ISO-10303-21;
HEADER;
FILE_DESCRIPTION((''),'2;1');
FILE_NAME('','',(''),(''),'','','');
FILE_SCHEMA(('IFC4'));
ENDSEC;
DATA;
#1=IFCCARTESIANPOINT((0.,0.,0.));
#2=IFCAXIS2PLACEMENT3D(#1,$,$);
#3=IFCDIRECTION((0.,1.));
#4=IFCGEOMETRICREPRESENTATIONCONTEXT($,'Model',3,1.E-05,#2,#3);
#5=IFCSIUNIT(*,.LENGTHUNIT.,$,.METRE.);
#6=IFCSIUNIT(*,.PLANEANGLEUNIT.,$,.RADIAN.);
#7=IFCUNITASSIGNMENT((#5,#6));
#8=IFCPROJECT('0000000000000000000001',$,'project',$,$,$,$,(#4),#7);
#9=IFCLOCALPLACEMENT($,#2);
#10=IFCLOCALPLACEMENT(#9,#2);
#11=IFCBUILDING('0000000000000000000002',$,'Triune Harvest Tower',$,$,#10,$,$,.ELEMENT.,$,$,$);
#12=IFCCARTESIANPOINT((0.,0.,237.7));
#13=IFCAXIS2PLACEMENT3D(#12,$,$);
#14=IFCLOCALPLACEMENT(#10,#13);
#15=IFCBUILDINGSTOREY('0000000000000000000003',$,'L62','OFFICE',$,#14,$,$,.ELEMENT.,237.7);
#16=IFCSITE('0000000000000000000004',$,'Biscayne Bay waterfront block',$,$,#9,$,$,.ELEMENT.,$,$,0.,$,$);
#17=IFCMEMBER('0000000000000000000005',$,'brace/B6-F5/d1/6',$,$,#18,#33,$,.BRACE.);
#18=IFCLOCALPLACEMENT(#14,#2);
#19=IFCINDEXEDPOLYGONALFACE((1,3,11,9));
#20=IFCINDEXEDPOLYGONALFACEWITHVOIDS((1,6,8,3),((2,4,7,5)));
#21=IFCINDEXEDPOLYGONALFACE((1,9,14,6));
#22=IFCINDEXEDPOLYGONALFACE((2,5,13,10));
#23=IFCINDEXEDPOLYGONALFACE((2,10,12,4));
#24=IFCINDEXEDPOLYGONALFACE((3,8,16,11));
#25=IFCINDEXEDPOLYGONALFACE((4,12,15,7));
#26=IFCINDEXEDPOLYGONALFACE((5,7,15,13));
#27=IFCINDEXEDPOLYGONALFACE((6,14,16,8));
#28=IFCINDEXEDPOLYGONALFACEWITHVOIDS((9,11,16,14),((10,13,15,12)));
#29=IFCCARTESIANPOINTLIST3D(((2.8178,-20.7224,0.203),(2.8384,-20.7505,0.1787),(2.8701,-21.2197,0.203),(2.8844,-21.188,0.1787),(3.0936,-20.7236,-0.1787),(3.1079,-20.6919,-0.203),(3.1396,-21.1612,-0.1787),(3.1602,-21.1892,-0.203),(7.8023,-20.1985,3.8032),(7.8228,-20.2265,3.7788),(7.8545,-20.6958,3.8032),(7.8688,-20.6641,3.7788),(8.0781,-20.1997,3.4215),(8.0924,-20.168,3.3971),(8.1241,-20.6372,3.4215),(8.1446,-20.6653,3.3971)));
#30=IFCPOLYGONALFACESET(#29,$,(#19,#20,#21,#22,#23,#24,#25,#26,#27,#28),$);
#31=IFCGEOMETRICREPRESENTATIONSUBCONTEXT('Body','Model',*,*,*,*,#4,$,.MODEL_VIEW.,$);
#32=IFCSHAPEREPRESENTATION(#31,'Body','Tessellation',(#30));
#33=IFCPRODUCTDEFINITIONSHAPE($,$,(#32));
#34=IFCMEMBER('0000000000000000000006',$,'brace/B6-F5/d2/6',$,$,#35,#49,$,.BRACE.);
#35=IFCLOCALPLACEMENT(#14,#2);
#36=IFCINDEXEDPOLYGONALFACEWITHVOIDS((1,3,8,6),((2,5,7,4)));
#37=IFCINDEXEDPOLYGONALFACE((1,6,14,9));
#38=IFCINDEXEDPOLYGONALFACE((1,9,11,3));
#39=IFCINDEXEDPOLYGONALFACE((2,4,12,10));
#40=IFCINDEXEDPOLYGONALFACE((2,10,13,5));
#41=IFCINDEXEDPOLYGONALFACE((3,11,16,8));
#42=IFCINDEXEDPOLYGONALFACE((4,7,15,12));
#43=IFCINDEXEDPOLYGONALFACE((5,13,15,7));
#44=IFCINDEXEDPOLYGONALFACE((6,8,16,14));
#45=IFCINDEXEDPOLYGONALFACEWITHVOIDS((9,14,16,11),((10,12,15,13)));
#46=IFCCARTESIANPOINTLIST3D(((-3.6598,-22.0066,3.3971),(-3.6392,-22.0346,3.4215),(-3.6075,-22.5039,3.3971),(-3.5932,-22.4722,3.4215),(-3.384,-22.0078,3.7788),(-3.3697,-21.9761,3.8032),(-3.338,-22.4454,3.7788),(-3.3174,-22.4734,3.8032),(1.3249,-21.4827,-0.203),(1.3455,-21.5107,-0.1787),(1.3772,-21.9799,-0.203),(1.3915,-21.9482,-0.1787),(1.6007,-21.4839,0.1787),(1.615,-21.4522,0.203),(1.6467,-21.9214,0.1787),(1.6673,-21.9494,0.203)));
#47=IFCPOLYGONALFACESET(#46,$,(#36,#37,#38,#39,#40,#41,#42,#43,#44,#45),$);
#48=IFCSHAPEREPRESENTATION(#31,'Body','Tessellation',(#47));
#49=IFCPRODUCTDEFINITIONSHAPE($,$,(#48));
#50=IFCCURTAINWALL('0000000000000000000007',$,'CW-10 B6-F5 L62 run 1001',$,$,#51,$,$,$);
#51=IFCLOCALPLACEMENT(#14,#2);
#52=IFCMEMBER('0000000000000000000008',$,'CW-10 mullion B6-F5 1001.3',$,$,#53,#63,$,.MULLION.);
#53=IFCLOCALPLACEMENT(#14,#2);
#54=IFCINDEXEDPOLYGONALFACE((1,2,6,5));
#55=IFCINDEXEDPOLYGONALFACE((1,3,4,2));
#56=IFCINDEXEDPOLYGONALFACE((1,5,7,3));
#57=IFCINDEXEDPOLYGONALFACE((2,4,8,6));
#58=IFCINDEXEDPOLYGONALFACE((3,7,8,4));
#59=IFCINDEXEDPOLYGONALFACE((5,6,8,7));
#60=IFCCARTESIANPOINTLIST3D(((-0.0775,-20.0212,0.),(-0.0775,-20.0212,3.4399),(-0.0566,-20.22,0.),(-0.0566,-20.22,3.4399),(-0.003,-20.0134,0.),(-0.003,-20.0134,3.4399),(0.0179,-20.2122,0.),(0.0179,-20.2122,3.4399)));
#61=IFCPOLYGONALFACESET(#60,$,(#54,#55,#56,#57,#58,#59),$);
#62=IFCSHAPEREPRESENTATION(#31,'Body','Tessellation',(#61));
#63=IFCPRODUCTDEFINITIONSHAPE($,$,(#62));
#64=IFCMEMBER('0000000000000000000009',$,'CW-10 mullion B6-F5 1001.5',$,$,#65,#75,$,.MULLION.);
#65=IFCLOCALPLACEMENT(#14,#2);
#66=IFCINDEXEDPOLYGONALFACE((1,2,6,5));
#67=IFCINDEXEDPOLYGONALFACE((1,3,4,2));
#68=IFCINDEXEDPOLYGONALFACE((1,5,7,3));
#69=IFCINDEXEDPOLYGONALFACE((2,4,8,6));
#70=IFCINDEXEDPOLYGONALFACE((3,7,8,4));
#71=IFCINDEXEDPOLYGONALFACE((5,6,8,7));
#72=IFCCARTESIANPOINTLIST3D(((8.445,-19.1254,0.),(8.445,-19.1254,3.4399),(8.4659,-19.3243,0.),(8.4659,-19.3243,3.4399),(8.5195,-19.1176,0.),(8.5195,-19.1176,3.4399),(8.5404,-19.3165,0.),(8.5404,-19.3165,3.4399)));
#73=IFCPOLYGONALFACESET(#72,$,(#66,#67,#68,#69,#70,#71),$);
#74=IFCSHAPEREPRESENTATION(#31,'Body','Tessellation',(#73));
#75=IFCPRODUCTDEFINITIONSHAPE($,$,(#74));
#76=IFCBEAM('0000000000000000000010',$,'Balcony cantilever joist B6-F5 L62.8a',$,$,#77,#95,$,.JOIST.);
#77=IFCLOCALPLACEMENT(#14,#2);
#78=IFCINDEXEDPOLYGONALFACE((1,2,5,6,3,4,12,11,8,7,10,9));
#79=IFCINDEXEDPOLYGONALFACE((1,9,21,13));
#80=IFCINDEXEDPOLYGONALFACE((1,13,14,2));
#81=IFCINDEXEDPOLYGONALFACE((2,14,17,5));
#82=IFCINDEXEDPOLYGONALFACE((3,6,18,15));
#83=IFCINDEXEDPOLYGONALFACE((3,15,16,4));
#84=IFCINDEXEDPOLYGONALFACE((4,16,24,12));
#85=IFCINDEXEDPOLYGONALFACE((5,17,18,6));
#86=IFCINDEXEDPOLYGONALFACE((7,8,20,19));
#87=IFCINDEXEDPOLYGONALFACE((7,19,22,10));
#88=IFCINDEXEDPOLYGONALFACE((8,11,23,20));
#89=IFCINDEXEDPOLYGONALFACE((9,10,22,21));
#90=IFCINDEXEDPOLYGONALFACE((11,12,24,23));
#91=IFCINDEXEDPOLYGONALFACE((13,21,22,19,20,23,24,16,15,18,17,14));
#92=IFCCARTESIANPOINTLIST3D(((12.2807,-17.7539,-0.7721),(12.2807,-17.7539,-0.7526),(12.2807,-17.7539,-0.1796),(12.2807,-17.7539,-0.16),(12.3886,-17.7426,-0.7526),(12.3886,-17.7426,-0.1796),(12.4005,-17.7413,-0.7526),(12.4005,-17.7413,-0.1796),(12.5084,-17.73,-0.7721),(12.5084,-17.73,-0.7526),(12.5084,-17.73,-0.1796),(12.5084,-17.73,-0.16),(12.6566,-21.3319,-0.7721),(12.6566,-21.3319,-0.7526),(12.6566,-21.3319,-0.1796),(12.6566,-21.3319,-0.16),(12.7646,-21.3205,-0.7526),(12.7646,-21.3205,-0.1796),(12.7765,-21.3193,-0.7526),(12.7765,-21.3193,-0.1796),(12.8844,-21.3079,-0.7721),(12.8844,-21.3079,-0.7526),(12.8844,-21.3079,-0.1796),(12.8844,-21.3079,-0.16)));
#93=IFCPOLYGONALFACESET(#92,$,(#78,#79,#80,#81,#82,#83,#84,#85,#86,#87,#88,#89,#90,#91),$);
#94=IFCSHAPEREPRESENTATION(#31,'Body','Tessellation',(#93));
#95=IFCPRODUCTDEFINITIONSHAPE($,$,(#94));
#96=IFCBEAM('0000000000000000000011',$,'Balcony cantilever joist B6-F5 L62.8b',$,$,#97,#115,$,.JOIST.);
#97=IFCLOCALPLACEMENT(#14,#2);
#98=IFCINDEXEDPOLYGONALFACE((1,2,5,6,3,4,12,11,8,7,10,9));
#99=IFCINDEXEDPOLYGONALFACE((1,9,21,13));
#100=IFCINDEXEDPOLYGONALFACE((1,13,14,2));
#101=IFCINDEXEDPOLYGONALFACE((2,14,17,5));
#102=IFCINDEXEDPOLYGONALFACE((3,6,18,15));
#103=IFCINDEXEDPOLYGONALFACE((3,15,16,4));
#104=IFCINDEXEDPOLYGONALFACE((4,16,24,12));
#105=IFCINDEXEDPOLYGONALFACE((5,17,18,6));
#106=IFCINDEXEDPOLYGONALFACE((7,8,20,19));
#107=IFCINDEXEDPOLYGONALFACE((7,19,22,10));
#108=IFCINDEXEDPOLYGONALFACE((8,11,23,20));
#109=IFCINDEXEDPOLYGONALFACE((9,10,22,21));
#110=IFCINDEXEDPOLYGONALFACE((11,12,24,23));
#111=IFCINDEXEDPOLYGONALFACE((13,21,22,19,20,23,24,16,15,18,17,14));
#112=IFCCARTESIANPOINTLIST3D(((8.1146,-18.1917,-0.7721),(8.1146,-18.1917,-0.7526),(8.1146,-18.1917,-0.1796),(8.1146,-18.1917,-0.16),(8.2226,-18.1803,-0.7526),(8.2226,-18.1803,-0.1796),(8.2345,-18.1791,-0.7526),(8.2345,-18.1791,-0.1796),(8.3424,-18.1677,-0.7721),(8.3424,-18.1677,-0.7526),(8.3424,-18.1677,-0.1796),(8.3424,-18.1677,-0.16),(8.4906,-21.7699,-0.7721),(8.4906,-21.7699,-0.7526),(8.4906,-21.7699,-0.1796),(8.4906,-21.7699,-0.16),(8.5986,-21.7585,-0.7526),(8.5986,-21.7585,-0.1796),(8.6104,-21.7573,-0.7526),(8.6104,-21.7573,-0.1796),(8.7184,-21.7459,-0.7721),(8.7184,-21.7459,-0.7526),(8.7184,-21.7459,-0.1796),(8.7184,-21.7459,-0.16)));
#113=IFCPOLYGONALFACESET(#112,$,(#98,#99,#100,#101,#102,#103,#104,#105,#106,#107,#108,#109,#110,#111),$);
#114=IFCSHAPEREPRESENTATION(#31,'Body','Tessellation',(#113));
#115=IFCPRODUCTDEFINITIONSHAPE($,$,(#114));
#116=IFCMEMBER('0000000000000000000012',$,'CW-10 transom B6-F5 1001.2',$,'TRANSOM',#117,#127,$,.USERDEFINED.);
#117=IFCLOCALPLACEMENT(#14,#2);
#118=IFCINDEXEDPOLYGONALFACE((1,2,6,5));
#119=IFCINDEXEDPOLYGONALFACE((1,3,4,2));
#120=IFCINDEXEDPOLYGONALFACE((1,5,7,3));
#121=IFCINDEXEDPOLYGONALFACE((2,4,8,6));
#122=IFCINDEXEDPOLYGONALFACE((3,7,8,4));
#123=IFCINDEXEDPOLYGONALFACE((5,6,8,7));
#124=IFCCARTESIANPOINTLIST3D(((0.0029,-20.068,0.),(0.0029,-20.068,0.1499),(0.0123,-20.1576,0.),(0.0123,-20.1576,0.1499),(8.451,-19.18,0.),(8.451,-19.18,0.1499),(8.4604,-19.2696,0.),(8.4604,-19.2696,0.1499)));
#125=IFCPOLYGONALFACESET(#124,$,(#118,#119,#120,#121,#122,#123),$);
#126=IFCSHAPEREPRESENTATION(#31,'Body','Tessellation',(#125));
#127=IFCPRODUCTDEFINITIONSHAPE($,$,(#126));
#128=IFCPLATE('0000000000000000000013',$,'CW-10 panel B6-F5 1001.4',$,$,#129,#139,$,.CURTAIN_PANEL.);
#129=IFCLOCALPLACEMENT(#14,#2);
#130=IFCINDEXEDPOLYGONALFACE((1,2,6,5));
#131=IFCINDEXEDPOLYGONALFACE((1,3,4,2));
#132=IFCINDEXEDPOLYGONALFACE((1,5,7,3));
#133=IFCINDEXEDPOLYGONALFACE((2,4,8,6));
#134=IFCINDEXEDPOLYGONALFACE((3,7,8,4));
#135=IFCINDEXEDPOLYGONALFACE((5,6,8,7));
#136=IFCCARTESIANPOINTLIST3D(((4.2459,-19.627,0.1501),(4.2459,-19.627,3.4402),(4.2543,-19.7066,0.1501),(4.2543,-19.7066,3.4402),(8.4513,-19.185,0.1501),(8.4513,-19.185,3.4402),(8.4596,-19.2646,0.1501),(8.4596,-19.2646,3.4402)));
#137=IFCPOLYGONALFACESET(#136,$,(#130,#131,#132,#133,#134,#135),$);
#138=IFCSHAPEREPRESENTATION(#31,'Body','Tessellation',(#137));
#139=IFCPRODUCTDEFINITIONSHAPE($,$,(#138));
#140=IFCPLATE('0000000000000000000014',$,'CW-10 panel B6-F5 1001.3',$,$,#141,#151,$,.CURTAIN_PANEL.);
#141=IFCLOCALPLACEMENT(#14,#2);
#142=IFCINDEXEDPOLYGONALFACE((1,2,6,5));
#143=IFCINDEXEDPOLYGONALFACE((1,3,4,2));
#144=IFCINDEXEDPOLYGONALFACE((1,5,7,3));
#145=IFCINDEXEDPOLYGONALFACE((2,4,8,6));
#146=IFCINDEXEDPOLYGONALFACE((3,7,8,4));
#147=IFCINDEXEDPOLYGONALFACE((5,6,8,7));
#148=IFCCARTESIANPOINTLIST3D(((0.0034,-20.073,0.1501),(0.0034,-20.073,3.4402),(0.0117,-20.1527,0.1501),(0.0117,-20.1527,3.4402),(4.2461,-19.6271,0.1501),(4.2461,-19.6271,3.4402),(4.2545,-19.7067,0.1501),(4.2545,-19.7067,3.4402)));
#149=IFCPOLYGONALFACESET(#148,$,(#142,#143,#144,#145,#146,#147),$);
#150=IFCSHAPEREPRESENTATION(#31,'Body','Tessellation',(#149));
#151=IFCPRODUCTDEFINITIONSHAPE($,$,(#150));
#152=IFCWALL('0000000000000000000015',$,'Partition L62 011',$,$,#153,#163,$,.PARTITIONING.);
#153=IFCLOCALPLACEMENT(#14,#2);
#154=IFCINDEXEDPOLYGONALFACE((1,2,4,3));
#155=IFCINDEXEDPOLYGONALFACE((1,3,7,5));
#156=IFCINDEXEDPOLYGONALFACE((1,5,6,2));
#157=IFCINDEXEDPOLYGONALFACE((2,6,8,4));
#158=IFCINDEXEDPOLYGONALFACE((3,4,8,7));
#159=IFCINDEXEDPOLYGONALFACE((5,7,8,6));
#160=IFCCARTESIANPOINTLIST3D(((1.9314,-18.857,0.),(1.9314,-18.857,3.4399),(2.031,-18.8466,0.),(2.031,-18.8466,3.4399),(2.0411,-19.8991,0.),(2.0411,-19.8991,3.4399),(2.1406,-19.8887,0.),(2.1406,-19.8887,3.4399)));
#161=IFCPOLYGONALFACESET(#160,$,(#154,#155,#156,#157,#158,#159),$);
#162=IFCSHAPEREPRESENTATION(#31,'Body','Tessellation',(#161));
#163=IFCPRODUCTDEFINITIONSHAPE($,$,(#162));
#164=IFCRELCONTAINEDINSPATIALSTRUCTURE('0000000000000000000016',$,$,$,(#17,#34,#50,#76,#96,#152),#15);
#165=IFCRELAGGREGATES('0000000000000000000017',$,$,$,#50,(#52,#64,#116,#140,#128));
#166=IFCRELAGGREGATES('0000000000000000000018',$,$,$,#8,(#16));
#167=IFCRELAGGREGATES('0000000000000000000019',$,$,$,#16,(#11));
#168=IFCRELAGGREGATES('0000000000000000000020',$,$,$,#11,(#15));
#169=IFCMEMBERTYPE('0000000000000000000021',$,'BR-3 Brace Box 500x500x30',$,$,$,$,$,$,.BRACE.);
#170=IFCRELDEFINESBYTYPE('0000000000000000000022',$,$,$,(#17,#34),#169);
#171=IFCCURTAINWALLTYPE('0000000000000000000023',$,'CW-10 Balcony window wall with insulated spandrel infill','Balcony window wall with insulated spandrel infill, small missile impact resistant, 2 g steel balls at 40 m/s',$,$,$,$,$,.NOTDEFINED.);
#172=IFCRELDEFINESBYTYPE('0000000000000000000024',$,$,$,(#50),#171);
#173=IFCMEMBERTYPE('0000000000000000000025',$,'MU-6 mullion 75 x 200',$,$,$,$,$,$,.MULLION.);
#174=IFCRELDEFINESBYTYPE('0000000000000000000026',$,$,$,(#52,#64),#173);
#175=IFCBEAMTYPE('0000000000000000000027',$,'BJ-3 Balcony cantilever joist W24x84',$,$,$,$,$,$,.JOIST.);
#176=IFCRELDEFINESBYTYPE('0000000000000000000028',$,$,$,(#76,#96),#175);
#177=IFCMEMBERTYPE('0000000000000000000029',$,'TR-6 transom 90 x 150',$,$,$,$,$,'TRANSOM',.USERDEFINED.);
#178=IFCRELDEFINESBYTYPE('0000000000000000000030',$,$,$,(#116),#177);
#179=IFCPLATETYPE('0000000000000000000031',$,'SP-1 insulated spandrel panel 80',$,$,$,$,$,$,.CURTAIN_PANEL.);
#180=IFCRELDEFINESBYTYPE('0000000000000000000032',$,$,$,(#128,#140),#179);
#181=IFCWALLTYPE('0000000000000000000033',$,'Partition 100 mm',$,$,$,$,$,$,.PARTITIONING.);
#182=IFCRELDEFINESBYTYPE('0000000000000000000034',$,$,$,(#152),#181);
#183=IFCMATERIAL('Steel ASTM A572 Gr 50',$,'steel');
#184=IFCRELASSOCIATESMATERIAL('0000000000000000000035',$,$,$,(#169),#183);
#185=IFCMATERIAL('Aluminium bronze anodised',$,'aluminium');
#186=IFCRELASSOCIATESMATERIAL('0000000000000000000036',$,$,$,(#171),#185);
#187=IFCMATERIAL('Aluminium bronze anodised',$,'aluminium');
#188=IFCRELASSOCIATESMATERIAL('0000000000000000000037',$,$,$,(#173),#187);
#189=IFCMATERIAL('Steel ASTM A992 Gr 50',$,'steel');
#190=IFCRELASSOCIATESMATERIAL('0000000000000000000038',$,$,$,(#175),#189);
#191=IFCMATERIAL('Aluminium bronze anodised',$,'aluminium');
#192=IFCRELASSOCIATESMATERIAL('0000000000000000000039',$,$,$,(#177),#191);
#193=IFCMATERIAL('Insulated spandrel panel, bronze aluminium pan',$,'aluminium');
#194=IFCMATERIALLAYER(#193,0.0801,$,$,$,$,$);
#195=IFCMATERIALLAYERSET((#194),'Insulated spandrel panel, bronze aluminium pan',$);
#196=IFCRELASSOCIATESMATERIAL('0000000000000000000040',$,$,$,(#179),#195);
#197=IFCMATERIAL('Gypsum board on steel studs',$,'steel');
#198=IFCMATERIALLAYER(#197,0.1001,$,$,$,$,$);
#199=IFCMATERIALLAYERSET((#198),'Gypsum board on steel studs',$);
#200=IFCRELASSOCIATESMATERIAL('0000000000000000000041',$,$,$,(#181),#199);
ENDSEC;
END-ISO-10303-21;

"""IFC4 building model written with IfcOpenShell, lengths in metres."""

from ifc_helpers import new_model, si_unit, direction, frame, frame_2d, origin, origin_2d, place, context, subcontext, project, spatial, rectangle, hollow_rectangle, i_section, extrude, source, transform, mapped, material, layer, layer_set, material_profile, profile_set, type_object, element, aggregate, save


model = new_model("IFC4")

# Units and contexts
model_context = context("Model", 3, precision=1e-05, world=origin(), true_north=direction((0.0, 1.0)))
body_context = subcontext(model_context, "Body", "Model", "MODEL_VIEW")
ifc_project = project(units=[si_unit("LENGTHUNIT", "METRE"), si_unit("PLANEANGLEUNIT", "RADIAN")], contexts=[model_context])

# Site, building, storey
site_placement = place(None, origin())
site = spatial("IfcSite", under=ifc_project, at=site_placement, Name="Biscayne Bay waterfront block", CompositionType="ELEMENT", RefElevation=0.0)
building_placement = place(site_placement, origin())
building = spatial("IfcBuilding", under=site, at=building_placement, Name="Triune Harvest Tower", CompositionType="ELEMENT")
storey_placement = place(building_placement, frame((0.0, 0.0, 237.7)))
storey = spatial("IfcBuildingStorey", under=building, at=storey_placement, Name="L62", Description="OFFICE", CompositionType="ELEMENT", Elevation=237.7)

# Members
ifc_material_1 = material(Name="Steel ASTM A572 Gr 50", Category="steel")
ifc_material_profile_1 = material_profile(ifc_material_1, hollow_rectangle(XDim=0.5, YDim=0.5, WallThickness=0.03, at=origin_2d()), Name="Box 500x500x30")
ifc_profile_set_1 = profile_set([ifc_material_profile_1], Name="Steel ASTM A572 Gr 50")
member_type_1 = type_object("IfcMemberType", Name="BR-3 Brace Box 500x500x30", PredefinedType="BRACE", material=ifc_profile_set_1)
shared_shape_1 = source(origin(), body_context, "Body", "SweptSolid", [
    extrude(hollow_rectangle(XDim=0.5, YDim=0.5, WallThickness=0.03, at=origin_2d()), origin(), (0.0, 0.0, 1.0), 6.1709),
])
member_1_placement = place(storey_placement, frame((2.989, -20.9558, 0.0), z_axis=(0.807731, 0.084904, 0.583405), x_axis=(-0.104538, 0.994521, 0.0)))
element("IfcMember", 1, at=member_1_placement, inside=storey, type_object=member_type_1, Name="brace/B6-F5/d1/6", PredefinedType="BRACE", context=body_context, shape_type="MappedRepresentation", body=[
    mapped(shared_shape_1, transform((0.0, 0.0, 0.0), scale=1.0)),
])
shared_shape_2 = source(origin(), body_context, "Body", "SweptSolid", [
    extrude(hollow_rectangle(XDim=0.5, YDim=0.5, WallThickness=0.03, at=origin_2d()), origin(), (0.0, 0.0, 1.0), 6.1711),
])
member_2_placement = place(storey_placement, frame((1.4961, -21.7161, 0.0), z_axis=(-0.807745, -0.084901, 0.583387), x_axis=(0.104533, -0.994521, 0.0)))
element("IfcMember", 2, at=member_2_placement, inside=storey, type_object=member_type_1, Name="brace/B6-F5/d2/6", PredefinedType="BRACE", context=body_context, shape_type="MappedRepresentation", body=[
    mapped(shared_shape_2, transform((0.0, 0.0, 0.0), scale=1.0)),
])

# Curtain wall, members
ifc_material_2 = material(Name="Aluminium bronze anodised", Category="aluminium")
curtain_wall_type = type_object("IfcCurtainWallType", Name="CW-10 Balcony window wall with insulated spandrel infill", Description="Balcony window wall with insulated spandrel infill, small missile impact resistant, 2 g steel balls at 40 m/s", PredefinedType="NOTDEFINED", material=ifc_material_2)
curtain_wall_placement = place(storey_placement, origin())
curtain_wall = element("IfcCurtainWall", 3, at=curtain_wall_placement, inside=storey, type_object=curtain_wall_type, Name="CW-10 B6-F5 L62 run 1001")
ifc_material_3 = material(Name="Aluminium bronze anodised", Category="aluminium")
ifc_material_profile_2 = material_profile(ifc_material_3, rectangle(XDim=0.2, YDim=0.075, at=origin_2d()), Name="MU-6 mullion 75 x 200")
ifc_profile_set_2 = profile_set([ifc_material_profile_2], Name="Aluminium bronze anodised")
member_type_2 = type_object("IfcMemberType", Name="MU-6 mullion 75 x 200", PredefinedType="MULLION", material=ifc_profile_set_2)
shared_shape_3 = source(origin(), body_context, "Body", "SweptSolid", [
    extrude(rectangle(XDim=0.2, YDim=0.075, at=origin_2d()), origin(), (0.0, 0.0, 1.0), 3.4399),
])
member_3_placement = place(storey_placement, frame((-0.0298, -20.1167, 0.0), z_axis=(0.0, 0.0, 1.0), x_axis=(-0.104533, 0.994521, 0.0)))
member_3 = element("IfcMember", 4, at=member_3_placement, type_object=member_type_2, Name="CW-10 mullion B6-F5 1001.3", PredefinedType="MULLION", context=body_context, shape_type="MappedRepresentation", body=[
    mapped(shared_shape_3, transform((0.0, 0.0, 0.0), scale=1.0)),
])
member_4_placement = place(storey_placement, frame((8.4927, -19.2209, 0.0), z_axis=(0.0, 0.0, 1.0), x_axis=(-0.104533, 0.994521, 0.0)))
member_4 = element("IfcMember", 5, at=member_4_placement, type_object=member_type_2, Name="CW-10 mullion B6-F5 1001.5", PredefinedType="MULLION", context=body_context, shape_type="MappedRepresentation", body=[
    mapped(shared_shape_3, transform((0.0, 0.0, 0.0), scale=1.0)),
])

# Beams
ifc_material_4 = material(Name="Steel ASTM A992 Gr 50", Category="steel")
ifc_material_profile_3 = material_profile(ifc_material_4, i_section(OverallWidth=0.229, OverallDepth=0.6121, WebThickness=0.012, FlangeThickness=0.0195, at=origin_2d()), Name="W24x84")
ifc_profile_set_3 = profile_set([ifc_material_profile_3], Name="Steel ASTM A992 Gr 50")
beam_type_1 = type_object("IfcBeamType", Name="BJ-3 Balcony cantilever joist W24x84", PredefinedType="JOIST", material=ifc_profile_set_3)
shared_shape_4 = source(origin(), body_context, "Body", "SweptSolid", [
    extrude(i_section(OverallWidth=0.229, OverallDepth=0.6121, WebThickness=0.012, FlangeThickness=0.0195, at=origin_2d()), origin(), (0.0, 0.0, 1.0), 3.5977),
])
beam_1_placement = place(storey_placement, frame((12.3945, -17.7419, -0.4661), z_axis=(0.104508, -0.994524, 0.0), x_axis=(0.994524, 0.104508, 0.0)))
element("IfcBeam", 6, at=beam_1_placement, inside=storey, type_object=beam_type_1, Name="Balcony cantilever joist B6-F5 L62.8a", PredefinedType="JOIST", context=body_context, shape_type="MappedRepresentation", body=[
    mapped(shared_shape_4, transform((0.0, 0.0, 0.0), scale=1.0)),
])
shared_shape_5 = source(origin(), body_context, "Body", "SweptSolid", [
    extrude(i_section(OverallWidth=0.229, OverallDepth=0.6121, WebThickness=0.012, FlangeThickness=0.0195, at=origin_2d()), origin(), (0.0, 0.0, 1.0), 3.5979),
])
beam_2_placement = place(storey_placement, frame((8.2285, -18.1797, -0.4661), z_axis=(0.104501, -0.994525, 0.0), x_axis=(0.994525, 0.104501, 0.0)))
element("IfcBeam", 7, at=beam_2_placement, inside=storey, type_object=beam_type_1, Name="Balcony cantilever joist B6-F5 L62.8b", PredefinedType="JOIST", context=body_context, shape_type="MappedRepresentation", body=[
    mapped(shared_shape_5, transform((0.0, 0.0, 0.0), scale=1.0)),
])

# Member
ifc_material_5 = material(Name="Aluminium bronze anodised", Category="aluminium")
ifc_material_profile_4 = material_profile(ifc_material_5, rectangle(XDim=0.0901, YDim=0.1499, at=origin_2d()), Name="TR-6 transom 90 x 150")
ifc_profile_set_4 = profile_set([ifc_material_profile_4], Name="Aluminium bronze anodised")
member_type_3 = type_object("IfcMemberType", Name="TR-6 transom 90 x 150", ElementType="TRANSOM", PredefinedType="USERDEFINED", material=ifc_profile_set_4)
shared_shape_6 = source(origin(), body_context, "Body", "SweptSolid", [
    extrude(rectangle(XDim=0.0901, YDim=0.1499, at=origin_2d()), origin(), (0.0, 0.0, 1.0), 8.4946),
])
member_5_placement = place(storey_placement, frame((0.0076, -20.1128, 0.075), z_axis=(0.994522, 0.104531, 0.0), x_axis=(-0.104531, 0.994522, 0.0)))
member_5 = element("IfcMember", 8, at=member_5_placement, type_object=member_type_3, Name="CW-10 transom B6-F5 1001.2", ObjectType="TRANSOM", PredefinedType="USERDEFINED", context=body_context, shape_type="MappedRepresentation", body=[
    mapped(shared_shape_6, transform((0.0, 0.0, 0.0), scale=1.0)),
])

# Plates
ifc_material_6 = material(Name="Insulated spandrel panel, bronze aluminium pan", Category="aluminium")
ifc_layer_1 = layer(ifc_material_6, 0.0801)
ifc_layer_set_1 = layer_set([ifc_layer_1], Name="Insulated spandrel panel, bronze aluminium pan")
plate_type = type_object("IfcPlateType", Name="SP-1 insulated spandrel panel 80", PredefinedType="CURTAIN_PANEL", material=ifc_layer_set_1)
shared_shape_7 = source(origin(), body_context, "Body", "SweptSolid", [
    extrude(rectangle(XDim=4.2285, YDim=0.0801, at=origin_2d()), origin(), (0.0, 0.0, 1.0), 3.29),
])
plate_1_placement = place(storey_placement, frame((6.3528, -19.4458, 0.1501), z_axis=(0.0, 0.0, 1.0), x_axis=(0.994521, 0.104533, 0.0)))
plate_1 = element("IfcPlate", 9, at=plate_1_placement, type_object=plate_type, Name="CW-10 panel B6-F5 1001.4", PredefinedType="CURTAIN_PANEL", context=body_context, shape_type="MappedRepresentation", body=[
    mapped(shared_shape_7, transform((0.0, 0.0, 0.0), scale=1.0)),
])
shared_shape_8 = source(origin(), body_context, "Body", "SweptSolid", [
    extrude(rectangle(XDim=4.2661, YDim=0.0801, at=origin_2d()), origin(), (0.0, 0.0, 1.0), 3.29),
])
plate_2_placement = place(storey_placement, frame((2.1289, -19.8899, 0.1501), z_axis=(0.0, 0.0, 1.0), x_axis=(0.994521, 0.104533, 0.0)))
plate_2 = element("IfcPlate", 10, at=plate_2_placement, type_object=plate_type, Name="CW-10 panel B6-F5 1001.3", PredefinedType="CURTAIN_PANEL", context=body_context, shape_type="MappedRepresentation", body=[
    mapped(shared_shape_8, transform((0.0, 0.0, 0.0), scale=1.0)),
])
aggregate(curtain_wall, [member_3, member_4, member_5, plate_2, plate_1])

# Wall
ifc_material_7 = material(Name="Gypsum board on steel studs", Category="steel")
ifc_layer_2 = layer(ifc_material_7, 0.1001)
ifc_layer_set_2 = layer_set([ifc_layer_2], Name="Gypsum board on steel studs")
wall_type_1 = type_object("IfcWallType", Name="Partition 100 mm", PredefinedType="PARTITIONING", material=ifc_layer_set_2)
shared_shape_9 = source(origin(), body_context, "Body", "SweptSolid", [
    extrude(rectangle(XDim=1.0479, YDim=0.1001, at=frame_2d((0.5239, 0.0))), origin(), (0.0, 0.0, 1.0), 3.4399),
])
wall_1_placement = place(storey_placement, frame((1.9812, -18.8518, 0.0), z_axis=(0.0, 0.0, 1.0), x_axis=(0.104624, -0.994512, 0.0)))
element("IfcWall", 11, at=wall_1_placement, inside=storey, type_object=wall_type_1, Name="Partition L62 011", PredefinedType="PARTITIONING", context=body_context, shape_type="MappedRepresentation", body=[
    mapped(shared_shape_9, transform((0.0, 0.0, 0.0), scale=1.0)),
])

save(model, "model.ifc")
